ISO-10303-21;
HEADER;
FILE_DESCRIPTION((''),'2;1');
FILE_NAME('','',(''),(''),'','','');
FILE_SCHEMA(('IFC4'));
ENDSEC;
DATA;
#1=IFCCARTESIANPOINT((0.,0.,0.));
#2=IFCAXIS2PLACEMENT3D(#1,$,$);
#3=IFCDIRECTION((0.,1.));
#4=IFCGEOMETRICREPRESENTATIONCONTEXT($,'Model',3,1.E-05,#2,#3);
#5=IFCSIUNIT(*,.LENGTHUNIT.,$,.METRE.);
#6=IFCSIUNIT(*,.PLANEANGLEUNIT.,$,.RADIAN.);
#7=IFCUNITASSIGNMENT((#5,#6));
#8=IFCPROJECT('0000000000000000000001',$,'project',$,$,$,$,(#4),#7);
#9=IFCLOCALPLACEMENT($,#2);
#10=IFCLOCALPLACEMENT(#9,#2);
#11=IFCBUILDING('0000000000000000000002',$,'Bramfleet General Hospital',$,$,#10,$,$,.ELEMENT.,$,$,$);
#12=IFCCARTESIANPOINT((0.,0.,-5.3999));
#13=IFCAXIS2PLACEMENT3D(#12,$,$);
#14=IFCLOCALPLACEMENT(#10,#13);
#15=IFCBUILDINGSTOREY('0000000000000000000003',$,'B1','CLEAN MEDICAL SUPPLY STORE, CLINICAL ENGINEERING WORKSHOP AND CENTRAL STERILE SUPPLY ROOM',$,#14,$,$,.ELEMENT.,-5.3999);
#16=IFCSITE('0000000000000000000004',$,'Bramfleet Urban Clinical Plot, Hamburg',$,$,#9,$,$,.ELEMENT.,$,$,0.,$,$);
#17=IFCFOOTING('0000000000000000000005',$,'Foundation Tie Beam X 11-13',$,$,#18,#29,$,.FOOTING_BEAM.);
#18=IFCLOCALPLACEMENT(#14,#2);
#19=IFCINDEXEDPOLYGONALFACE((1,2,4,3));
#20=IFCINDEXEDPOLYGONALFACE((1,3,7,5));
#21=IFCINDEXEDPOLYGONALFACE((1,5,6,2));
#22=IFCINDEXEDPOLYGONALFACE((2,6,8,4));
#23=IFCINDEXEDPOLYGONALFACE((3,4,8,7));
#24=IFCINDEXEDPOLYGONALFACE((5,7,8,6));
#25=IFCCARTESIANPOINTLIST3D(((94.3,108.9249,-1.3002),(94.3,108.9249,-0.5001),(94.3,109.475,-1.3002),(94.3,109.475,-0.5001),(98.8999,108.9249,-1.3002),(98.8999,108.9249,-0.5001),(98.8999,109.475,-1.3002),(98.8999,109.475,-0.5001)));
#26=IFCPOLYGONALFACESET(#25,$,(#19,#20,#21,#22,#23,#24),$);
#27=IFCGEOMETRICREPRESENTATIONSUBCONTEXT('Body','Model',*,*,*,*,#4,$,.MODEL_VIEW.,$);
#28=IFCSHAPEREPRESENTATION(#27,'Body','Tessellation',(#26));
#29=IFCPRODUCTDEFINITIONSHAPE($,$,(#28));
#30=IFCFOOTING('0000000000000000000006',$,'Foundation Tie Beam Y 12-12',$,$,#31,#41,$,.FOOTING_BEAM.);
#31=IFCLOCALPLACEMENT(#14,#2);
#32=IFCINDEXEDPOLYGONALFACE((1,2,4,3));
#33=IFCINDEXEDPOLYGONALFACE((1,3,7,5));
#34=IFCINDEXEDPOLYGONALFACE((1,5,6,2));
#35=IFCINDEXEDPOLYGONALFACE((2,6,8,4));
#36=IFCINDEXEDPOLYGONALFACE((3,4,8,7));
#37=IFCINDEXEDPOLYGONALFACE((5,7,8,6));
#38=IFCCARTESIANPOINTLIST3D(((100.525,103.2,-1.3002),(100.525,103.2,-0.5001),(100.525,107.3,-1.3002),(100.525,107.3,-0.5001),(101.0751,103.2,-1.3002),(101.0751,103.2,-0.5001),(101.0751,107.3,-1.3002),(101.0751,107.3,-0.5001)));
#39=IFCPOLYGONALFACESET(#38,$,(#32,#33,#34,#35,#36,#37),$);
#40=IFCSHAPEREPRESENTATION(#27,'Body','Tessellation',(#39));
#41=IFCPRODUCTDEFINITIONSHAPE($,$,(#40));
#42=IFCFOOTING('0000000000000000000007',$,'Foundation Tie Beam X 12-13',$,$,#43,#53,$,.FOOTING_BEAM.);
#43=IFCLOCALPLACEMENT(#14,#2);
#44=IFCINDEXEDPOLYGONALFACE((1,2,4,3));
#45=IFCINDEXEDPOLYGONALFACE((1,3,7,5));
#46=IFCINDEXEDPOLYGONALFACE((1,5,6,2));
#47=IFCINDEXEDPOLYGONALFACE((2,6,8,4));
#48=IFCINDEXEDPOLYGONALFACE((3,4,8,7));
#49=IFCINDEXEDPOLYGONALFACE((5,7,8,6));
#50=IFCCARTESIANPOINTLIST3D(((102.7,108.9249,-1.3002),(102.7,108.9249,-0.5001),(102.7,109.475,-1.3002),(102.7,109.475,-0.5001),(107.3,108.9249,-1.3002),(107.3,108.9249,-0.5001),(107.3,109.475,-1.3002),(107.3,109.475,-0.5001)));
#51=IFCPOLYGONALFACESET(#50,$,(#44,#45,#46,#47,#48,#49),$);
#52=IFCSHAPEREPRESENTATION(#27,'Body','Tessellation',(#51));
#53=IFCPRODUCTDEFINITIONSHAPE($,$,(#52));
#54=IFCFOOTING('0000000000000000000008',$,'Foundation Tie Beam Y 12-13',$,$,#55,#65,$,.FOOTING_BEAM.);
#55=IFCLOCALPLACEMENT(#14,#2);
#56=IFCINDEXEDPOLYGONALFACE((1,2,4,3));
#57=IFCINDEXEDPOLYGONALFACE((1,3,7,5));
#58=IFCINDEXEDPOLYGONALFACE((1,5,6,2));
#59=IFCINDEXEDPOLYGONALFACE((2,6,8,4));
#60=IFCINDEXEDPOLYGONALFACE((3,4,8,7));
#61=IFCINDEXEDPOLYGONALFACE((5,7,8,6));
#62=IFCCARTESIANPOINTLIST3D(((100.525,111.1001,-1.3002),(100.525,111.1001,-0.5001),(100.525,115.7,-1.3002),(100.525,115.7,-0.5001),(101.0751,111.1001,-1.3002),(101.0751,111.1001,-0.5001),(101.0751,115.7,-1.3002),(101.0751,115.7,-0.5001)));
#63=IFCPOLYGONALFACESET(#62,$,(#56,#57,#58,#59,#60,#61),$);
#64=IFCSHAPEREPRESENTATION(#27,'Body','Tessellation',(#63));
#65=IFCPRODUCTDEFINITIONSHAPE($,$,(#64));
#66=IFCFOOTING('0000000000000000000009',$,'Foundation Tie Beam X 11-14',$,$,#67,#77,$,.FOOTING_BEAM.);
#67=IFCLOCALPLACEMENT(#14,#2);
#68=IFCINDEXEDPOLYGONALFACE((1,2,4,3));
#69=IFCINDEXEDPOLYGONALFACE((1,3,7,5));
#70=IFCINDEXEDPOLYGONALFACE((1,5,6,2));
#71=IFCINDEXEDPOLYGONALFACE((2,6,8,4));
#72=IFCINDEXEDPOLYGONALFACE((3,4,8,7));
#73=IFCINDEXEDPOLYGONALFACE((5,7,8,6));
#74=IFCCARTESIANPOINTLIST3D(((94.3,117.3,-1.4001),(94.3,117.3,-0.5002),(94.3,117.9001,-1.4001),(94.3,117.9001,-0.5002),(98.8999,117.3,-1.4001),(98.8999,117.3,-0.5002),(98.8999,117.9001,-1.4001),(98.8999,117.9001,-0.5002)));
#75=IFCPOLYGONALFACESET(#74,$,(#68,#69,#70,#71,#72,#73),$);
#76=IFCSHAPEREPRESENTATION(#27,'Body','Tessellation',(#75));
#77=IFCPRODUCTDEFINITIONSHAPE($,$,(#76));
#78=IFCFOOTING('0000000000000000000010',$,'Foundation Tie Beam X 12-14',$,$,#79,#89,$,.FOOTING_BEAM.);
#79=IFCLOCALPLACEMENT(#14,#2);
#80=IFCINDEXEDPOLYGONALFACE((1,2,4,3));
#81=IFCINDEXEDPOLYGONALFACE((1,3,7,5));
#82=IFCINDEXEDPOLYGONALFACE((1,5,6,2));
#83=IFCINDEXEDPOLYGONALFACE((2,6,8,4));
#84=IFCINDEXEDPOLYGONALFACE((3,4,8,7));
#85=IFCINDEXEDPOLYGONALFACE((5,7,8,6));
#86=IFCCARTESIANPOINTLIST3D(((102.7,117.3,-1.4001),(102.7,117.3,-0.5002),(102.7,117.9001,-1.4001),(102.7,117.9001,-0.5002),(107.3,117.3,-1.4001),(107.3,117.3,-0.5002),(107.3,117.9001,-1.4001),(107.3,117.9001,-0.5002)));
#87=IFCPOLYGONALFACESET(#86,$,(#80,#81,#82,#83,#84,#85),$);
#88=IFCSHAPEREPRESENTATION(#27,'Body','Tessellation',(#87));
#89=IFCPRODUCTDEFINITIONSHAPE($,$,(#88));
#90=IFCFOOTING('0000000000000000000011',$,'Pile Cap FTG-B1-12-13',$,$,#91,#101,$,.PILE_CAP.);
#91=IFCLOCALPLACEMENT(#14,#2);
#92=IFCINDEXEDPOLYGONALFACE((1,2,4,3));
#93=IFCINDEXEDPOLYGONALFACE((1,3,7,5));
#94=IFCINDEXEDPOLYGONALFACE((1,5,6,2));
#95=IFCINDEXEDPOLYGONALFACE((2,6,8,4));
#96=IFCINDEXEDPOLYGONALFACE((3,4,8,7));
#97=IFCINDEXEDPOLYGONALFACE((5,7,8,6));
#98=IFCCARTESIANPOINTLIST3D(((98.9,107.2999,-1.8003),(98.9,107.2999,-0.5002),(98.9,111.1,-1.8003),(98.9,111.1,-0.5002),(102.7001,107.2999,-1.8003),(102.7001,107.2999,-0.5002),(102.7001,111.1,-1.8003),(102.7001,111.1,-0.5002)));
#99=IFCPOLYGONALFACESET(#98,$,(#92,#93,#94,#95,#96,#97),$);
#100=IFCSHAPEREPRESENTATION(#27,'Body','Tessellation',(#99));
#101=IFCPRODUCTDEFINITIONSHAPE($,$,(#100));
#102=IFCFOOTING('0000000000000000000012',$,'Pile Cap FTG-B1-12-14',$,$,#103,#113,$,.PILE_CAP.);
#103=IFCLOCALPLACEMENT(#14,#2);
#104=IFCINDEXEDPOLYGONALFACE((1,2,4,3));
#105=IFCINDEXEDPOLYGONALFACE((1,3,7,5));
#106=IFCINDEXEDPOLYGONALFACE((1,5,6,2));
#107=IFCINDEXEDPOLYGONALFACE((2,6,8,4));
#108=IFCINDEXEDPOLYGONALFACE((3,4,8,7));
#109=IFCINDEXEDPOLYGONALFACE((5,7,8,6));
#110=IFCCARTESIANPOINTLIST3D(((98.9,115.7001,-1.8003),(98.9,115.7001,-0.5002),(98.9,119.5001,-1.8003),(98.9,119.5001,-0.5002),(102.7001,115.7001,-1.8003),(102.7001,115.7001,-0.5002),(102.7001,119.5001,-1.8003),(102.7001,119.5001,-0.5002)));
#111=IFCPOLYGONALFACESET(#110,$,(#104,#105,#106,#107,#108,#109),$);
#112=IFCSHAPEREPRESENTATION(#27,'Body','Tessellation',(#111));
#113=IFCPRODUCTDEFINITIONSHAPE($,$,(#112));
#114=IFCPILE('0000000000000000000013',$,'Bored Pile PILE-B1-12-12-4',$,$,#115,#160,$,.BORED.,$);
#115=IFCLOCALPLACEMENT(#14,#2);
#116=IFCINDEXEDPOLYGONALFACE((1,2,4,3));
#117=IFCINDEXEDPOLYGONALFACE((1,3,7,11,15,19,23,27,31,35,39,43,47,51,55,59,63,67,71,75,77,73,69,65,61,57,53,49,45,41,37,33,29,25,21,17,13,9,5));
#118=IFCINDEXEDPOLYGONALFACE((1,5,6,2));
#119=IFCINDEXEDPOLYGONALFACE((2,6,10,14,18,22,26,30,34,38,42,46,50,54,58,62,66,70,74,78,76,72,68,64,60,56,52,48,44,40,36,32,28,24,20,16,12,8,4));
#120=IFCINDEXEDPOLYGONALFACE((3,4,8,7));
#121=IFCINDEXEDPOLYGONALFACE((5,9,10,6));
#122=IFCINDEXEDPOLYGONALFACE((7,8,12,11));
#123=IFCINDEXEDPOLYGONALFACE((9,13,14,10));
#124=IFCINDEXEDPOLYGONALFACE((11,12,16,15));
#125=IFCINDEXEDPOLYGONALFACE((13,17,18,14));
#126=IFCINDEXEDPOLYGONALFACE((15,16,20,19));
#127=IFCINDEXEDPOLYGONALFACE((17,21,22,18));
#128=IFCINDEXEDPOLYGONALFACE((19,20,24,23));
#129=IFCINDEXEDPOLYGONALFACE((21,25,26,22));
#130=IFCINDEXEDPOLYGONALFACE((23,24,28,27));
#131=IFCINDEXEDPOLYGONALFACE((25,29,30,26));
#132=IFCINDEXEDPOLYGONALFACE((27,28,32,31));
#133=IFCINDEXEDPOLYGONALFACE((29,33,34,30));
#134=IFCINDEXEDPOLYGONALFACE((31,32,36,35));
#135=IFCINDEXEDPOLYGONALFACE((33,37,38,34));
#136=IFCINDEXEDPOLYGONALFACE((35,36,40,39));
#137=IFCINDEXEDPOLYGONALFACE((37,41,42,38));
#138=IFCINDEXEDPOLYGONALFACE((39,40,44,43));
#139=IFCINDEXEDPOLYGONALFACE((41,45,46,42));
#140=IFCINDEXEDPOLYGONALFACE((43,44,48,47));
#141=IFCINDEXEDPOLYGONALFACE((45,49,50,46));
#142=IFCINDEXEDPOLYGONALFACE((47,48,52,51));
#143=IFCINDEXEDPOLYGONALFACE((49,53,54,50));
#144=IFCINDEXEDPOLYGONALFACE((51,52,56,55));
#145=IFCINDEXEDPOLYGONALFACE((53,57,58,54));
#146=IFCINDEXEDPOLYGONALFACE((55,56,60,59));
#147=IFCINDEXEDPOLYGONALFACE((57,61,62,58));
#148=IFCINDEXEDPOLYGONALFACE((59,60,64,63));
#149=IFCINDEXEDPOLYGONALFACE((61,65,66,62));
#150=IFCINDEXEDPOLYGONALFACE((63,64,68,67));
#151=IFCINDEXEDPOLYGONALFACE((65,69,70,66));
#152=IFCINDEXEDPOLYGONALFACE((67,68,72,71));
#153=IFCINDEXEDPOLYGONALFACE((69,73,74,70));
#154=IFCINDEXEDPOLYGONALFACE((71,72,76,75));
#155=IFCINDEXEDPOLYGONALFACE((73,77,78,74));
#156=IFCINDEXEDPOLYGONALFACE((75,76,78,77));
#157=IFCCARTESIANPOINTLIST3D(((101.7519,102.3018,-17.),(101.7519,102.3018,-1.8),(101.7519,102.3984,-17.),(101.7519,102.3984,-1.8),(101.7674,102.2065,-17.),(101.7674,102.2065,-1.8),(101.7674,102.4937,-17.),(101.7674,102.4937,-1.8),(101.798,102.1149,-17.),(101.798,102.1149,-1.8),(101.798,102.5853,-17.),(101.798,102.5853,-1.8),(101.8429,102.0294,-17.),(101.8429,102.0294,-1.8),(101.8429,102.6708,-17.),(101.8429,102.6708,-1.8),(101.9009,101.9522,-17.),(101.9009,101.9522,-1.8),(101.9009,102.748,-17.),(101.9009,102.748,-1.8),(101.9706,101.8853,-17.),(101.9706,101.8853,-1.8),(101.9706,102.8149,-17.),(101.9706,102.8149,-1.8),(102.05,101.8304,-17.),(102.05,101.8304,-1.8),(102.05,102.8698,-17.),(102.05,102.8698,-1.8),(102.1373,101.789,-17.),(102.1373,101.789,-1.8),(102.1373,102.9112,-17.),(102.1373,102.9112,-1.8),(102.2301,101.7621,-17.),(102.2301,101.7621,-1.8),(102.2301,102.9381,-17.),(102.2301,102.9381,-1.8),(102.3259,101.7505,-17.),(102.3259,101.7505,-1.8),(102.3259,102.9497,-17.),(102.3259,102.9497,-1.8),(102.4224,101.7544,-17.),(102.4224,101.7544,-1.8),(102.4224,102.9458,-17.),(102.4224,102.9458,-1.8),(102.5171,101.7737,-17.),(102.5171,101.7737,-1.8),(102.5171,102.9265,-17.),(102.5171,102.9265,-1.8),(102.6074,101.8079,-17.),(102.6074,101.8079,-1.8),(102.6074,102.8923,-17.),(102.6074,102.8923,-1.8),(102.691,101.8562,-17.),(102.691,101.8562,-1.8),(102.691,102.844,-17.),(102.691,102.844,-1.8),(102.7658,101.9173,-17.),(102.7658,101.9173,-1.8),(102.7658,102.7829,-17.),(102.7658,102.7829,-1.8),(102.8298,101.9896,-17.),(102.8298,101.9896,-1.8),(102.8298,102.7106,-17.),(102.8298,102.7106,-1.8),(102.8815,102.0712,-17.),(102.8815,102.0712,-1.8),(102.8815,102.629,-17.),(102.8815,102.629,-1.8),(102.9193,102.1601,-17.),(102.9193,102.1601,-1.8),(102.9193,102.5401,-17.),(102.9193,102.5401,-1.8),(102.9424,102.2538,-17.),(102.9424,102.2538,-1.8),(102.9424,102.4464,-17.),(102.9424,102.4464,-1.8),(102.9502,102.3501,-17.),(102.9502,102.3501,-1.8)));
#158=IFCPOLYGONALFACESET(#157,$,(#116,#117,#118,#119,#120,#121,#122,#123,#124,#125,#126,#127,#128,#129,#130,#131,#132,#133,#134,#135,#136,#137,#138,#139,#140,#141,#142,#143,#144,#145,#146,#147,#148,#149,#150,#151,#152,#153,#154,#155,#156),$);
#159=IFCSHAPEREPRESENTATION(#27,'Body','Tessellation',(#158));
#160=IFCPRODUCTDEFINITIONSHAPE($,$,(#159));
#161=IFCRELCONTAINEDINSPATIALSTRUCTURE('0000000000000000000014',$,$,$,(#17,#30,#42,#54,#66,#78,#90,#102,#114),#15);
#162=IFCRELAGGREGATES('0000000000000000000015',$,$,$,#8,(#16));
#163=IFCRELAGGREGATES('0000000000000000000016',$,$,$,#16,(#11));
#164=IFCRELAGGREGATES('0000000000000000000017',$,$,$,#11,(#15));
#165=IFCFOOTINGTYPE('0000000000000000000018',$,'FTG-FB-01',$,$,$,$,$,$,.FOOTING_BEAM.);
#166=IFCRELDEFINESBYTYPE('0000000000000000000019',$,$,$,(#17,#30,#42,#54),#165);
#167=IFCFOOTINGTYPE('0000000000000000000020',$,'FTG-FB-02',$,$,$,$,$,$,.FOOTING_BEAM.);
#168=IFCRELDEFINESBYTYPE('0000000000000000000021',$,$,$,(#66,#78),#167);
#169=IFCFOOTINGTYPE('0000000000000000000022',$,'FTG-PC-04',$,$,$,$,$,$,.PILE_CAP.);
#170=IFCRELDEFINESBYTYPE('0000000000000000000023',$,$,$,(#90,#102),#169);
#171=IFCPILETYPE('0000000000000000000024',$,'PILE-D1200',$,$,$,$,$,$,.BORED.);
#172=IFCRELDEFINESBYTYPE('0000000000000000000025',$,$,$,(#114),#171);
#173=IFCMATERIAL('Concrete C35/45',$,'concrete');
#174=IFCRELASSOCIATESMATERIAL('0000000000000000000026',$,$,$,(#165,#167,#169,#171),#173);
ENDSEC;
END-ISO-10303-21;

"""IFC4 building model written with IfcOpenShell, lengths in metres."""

from ifc_helpers import new_model, si_unit, direction, frame, origin, origin_2d, place, context, subcontext, project, spatial, rectangle, circle, extrude, material, material_profile, profile_set, type_object, element, save


model = new_model("IFC4")

# Units and contexts
model_context = context("Model", 3, precision=1e-05, world=origin(), true_north=direction((0.0, 1.0)))
body_context = subcontext(model_context, "Body", "Model", "MODEL_VIEW")
ifc_project = project(units=[si_unit("LENGTHUNIT", "METRE"), si_unit("PLANEANGLEUNIT", "RADIAN")], contexts=[model_context])

# Site, building, storey
site_placement = place(None, origin())
site = spatial("IfcSite", under=ifc_project, at=site_placement, Name="Bramfleet Urban Clinical Plot, Hamburg", CompositionType="ELEMENT", RefElevation=0.0)
building_placement = place(site_placement, origin())
building = spatial("IfcBuilding", under=site, at=building_placement, Name="Bramfleet General Hospital", CompositionType="ELEMENT")
storey_placement = place(building_placement, frame((0.0, 0.0, -5.3999)))
storey = spatial("IfcBuildingStorey", under=building, at=storey_placement, Name="B1", Description="CLEAN MEDICAL SUPPLY STORE, CLINICAL ENGINEERING WORKSHOP AND CENTRAL STERILE SUPPLY ROOM", CompositionType="ELEMENT", Elevation=-5.3999)

# Footings
ifc_material_1 = material(Name="Concrete C35/45", Category="concrete")
ifc_material_profile_1 = material_profile(ifc_material_1, rectangle(XDim=0.55, YDim=0.8, at=origin_2d()), Name="RC FB 800x550")
ifc_profile_set_1 = profile_set([ifc_material_profile_1], Name="Concrete C35/45")
footing_type_1 = type_object("IfcFootingType", Name="FTG-FB-01", PredefinedType="FOOTING_BEAM", material=ifc_profile_set_1)
footing_1_placement = place(storey_placement, frame((94.3, 109.2, -0.9001), z_axis=(1.0, 0.0, 0.0), x_axis=(0.0, 1.0, 0.0)))
element("IfcFooting", 1, at=footing_1_placement, inside=storey, type_object=footing_type_1, Name="Foundation Tie Beam X 11-13", PredefinedType="FOOTING_BEAM", context=body_context, shape_type="SweptSolid", body=[
    extrude(rectangle(XDim=0.55, YDim=0.8, at=origin_2d()), origin(), (0.0, 0.0, 1.0), 4.5999),
])
footing_2_placement = place(storey_placement, frame((100.8, 103.2, -0.9001), z_axis=(0.0, 1.0, 0.0), x_axis=(-1.0, 0.0, 0.0)))
element("IfcFooting", 2, at=footing_2_placement, inside=storey, type_object=footing_type_1, Name="Foundation Tie Beam Y 12-12", PredefinedType="FOOTING_BEAM", context=body_context, shape_type="SweptSolid", body=[
    extrude(rectangle(XDim=0.55, YDim=0.8, at=origin_2d()), origin(), (0.0, 0.0, 1.0), 4.1001),
])
footing_3_placement = place(storey_placement, frame((102.7, 109.2, -0.9001), z_axis=(1.0, 0.0, 0.0), x_axis=(0.0, 1.0, 0.0)))
element("IfcFooting", 3, at=footing_3_placement, inside=storey, type_object=footing_type_1, Name="Foundation Tie Beam X 12-13", PredefinedType="FOOTING_BEAM", context=body_context, shape_type="SweptSolid", body=[
    extrude(rectangle(XDim=0.55, YDim=0.8, at=origin_2d()), origin(), (0.0, 0.0, 1.0), 4.6001),
])
footing_4_placement = place(storey_placement, frame((100.8, 111.1001, -0.9001), z_axis=(0.0, 1.0, 0.0), x_axis=(-1.0, 0.0, 0.0)))
element("IfcFooting", 4, at=footing_4_placement, inside=storey, type_object=footing_type_1, Name="Foundation Tie Beam Y 12-13", PredefinedType="FOOTING_BEAM", context=body_context, shape_type="SweptSolid", body=[
    extrude(rectangle(XDim=0.55, YDim=0.8, at=origin_2d()), origin(), (0.0, 0.0, 1.0), 4.5999),
])
ifc_material_profile_2 = material_profile(ifc_material_1, rectangle(XDim=0.6001, YDim=0.8999, at=origin_2d()), Name="RC FB 900x600")
ifc_profile_set_2 = profile_set([ifc_material_profile_2], Name="Concrete C35/45")
footing_type_2 = type_object("IfcFootingType", Name="FTG-FB-02", PredefinedType="FOOTING_BEAM", material=ifc_profile_set_2)
footing_5_placement = place(storey_placement, frame((94.3, 117.6001, -0.9502), z_axis=(1.0, 0.0, 0.0), x_axis=(0.0, 1.0, 0.0)))
element("IfcFooting", 5, at=footing_5_placement, inside=storey, type_object=footing_type_2, Name="Foundation Tie Beam X 11-14", PredefinedType="FOOTING_BEAM", context=body_context, shape_type="SweptSolid", body=[
    extrude(rectangle(XDim=0.6001, YDim=0.8999, at=origin_2d()), origin(), (0.0, 0.0, 1.0), 4.5999),
])
footing_6_placement = place(storey_placement, frame((102.7, 117.6001, -0.9502), z_axis=(1.0, 0.0, 0.0), x_axis=(0.0, 1.0, 0.0)))
element("IfcFooting", 6, at=footing_6_placement, inside=storey, type_object=footing_type_2, Name="Foundation Tie Beam X 12-14", PredefinedType="FOOTING_BEAM", context=body_context, shape_type="SweptSolid", body=[
    extrude(rectangle(XDim=0.6001, YDim=0.8999, at=origin_2d()), origin(), (0.0, 0.0, 1.0), 4.6001),
])
footing_type_3 = type_object("IfcFootingType", Name="FTG-PC-04", PredefinedType="PILE_CAP", material=ifc_material_1)
for number, where, z_axis, x_axis, name in (
    (7, (100.8, 109.2, -1.8003), (0.0, 0.0, 1.0), (1.0, 0.0, 0.0), "Pile Cap FTG-B1-12-13"),
    (8, (100.8, 117.6001, -1.8003), (0.0, 0.0, 1.0), (1.0, 0.0, 0.0), "Pile Cap FTG-B1-12-14"),
):
    element("IfcFooting", number, at=place(storey_placement, frame(where, z_axis=z_axis, x_axis=x_axis)), inside=storey, type_object=footing_type_3, Name=name, PredefinedType="PILE_CAP", context=body_context, shape_type="SweptSolid", body=[
        extrude(rectangle(XDim=3.8, YDim=3.8, at=origin_2d()), origin(), (0.0, 0.0, 1.0), 1.3),
    ])

# Pile
ifc_material_profile_3 = material_profile(ifc_material_1, circle(Radius=0.6001, at=origin_2d()), Name="PILE BORED D1200")
ifc_profile_set_3 = profile_set([ifc_material_profile_3], Name="Concrete C35/45")
pile_type_1 = type_object("IfcPileType", Name="PILE-D1200", PredefinedType="BORED", material=ifc_profile_set_3)
pile_placement = place(storey_placement, frame((102.3501, 102.3501, -1.8), z_axis=(0.0, 0.0, -1.0), x_axis=(1.0, 0.0, 0.0)))
element("IfcPile", 9, at=pile_placement, inside=storey, type_object=pile_type_1, Name="Bored Pile PILE-B1-12-12-4", PredefinedType="BORED", context=body_context, shape_type="SweptSolid", body=[
    extrude(circle(Radius=0.6001, at=origin_2d()), origin(), (0.0, 0.0, 1.0), 15.2),
])

save(model, "model.ifc")
